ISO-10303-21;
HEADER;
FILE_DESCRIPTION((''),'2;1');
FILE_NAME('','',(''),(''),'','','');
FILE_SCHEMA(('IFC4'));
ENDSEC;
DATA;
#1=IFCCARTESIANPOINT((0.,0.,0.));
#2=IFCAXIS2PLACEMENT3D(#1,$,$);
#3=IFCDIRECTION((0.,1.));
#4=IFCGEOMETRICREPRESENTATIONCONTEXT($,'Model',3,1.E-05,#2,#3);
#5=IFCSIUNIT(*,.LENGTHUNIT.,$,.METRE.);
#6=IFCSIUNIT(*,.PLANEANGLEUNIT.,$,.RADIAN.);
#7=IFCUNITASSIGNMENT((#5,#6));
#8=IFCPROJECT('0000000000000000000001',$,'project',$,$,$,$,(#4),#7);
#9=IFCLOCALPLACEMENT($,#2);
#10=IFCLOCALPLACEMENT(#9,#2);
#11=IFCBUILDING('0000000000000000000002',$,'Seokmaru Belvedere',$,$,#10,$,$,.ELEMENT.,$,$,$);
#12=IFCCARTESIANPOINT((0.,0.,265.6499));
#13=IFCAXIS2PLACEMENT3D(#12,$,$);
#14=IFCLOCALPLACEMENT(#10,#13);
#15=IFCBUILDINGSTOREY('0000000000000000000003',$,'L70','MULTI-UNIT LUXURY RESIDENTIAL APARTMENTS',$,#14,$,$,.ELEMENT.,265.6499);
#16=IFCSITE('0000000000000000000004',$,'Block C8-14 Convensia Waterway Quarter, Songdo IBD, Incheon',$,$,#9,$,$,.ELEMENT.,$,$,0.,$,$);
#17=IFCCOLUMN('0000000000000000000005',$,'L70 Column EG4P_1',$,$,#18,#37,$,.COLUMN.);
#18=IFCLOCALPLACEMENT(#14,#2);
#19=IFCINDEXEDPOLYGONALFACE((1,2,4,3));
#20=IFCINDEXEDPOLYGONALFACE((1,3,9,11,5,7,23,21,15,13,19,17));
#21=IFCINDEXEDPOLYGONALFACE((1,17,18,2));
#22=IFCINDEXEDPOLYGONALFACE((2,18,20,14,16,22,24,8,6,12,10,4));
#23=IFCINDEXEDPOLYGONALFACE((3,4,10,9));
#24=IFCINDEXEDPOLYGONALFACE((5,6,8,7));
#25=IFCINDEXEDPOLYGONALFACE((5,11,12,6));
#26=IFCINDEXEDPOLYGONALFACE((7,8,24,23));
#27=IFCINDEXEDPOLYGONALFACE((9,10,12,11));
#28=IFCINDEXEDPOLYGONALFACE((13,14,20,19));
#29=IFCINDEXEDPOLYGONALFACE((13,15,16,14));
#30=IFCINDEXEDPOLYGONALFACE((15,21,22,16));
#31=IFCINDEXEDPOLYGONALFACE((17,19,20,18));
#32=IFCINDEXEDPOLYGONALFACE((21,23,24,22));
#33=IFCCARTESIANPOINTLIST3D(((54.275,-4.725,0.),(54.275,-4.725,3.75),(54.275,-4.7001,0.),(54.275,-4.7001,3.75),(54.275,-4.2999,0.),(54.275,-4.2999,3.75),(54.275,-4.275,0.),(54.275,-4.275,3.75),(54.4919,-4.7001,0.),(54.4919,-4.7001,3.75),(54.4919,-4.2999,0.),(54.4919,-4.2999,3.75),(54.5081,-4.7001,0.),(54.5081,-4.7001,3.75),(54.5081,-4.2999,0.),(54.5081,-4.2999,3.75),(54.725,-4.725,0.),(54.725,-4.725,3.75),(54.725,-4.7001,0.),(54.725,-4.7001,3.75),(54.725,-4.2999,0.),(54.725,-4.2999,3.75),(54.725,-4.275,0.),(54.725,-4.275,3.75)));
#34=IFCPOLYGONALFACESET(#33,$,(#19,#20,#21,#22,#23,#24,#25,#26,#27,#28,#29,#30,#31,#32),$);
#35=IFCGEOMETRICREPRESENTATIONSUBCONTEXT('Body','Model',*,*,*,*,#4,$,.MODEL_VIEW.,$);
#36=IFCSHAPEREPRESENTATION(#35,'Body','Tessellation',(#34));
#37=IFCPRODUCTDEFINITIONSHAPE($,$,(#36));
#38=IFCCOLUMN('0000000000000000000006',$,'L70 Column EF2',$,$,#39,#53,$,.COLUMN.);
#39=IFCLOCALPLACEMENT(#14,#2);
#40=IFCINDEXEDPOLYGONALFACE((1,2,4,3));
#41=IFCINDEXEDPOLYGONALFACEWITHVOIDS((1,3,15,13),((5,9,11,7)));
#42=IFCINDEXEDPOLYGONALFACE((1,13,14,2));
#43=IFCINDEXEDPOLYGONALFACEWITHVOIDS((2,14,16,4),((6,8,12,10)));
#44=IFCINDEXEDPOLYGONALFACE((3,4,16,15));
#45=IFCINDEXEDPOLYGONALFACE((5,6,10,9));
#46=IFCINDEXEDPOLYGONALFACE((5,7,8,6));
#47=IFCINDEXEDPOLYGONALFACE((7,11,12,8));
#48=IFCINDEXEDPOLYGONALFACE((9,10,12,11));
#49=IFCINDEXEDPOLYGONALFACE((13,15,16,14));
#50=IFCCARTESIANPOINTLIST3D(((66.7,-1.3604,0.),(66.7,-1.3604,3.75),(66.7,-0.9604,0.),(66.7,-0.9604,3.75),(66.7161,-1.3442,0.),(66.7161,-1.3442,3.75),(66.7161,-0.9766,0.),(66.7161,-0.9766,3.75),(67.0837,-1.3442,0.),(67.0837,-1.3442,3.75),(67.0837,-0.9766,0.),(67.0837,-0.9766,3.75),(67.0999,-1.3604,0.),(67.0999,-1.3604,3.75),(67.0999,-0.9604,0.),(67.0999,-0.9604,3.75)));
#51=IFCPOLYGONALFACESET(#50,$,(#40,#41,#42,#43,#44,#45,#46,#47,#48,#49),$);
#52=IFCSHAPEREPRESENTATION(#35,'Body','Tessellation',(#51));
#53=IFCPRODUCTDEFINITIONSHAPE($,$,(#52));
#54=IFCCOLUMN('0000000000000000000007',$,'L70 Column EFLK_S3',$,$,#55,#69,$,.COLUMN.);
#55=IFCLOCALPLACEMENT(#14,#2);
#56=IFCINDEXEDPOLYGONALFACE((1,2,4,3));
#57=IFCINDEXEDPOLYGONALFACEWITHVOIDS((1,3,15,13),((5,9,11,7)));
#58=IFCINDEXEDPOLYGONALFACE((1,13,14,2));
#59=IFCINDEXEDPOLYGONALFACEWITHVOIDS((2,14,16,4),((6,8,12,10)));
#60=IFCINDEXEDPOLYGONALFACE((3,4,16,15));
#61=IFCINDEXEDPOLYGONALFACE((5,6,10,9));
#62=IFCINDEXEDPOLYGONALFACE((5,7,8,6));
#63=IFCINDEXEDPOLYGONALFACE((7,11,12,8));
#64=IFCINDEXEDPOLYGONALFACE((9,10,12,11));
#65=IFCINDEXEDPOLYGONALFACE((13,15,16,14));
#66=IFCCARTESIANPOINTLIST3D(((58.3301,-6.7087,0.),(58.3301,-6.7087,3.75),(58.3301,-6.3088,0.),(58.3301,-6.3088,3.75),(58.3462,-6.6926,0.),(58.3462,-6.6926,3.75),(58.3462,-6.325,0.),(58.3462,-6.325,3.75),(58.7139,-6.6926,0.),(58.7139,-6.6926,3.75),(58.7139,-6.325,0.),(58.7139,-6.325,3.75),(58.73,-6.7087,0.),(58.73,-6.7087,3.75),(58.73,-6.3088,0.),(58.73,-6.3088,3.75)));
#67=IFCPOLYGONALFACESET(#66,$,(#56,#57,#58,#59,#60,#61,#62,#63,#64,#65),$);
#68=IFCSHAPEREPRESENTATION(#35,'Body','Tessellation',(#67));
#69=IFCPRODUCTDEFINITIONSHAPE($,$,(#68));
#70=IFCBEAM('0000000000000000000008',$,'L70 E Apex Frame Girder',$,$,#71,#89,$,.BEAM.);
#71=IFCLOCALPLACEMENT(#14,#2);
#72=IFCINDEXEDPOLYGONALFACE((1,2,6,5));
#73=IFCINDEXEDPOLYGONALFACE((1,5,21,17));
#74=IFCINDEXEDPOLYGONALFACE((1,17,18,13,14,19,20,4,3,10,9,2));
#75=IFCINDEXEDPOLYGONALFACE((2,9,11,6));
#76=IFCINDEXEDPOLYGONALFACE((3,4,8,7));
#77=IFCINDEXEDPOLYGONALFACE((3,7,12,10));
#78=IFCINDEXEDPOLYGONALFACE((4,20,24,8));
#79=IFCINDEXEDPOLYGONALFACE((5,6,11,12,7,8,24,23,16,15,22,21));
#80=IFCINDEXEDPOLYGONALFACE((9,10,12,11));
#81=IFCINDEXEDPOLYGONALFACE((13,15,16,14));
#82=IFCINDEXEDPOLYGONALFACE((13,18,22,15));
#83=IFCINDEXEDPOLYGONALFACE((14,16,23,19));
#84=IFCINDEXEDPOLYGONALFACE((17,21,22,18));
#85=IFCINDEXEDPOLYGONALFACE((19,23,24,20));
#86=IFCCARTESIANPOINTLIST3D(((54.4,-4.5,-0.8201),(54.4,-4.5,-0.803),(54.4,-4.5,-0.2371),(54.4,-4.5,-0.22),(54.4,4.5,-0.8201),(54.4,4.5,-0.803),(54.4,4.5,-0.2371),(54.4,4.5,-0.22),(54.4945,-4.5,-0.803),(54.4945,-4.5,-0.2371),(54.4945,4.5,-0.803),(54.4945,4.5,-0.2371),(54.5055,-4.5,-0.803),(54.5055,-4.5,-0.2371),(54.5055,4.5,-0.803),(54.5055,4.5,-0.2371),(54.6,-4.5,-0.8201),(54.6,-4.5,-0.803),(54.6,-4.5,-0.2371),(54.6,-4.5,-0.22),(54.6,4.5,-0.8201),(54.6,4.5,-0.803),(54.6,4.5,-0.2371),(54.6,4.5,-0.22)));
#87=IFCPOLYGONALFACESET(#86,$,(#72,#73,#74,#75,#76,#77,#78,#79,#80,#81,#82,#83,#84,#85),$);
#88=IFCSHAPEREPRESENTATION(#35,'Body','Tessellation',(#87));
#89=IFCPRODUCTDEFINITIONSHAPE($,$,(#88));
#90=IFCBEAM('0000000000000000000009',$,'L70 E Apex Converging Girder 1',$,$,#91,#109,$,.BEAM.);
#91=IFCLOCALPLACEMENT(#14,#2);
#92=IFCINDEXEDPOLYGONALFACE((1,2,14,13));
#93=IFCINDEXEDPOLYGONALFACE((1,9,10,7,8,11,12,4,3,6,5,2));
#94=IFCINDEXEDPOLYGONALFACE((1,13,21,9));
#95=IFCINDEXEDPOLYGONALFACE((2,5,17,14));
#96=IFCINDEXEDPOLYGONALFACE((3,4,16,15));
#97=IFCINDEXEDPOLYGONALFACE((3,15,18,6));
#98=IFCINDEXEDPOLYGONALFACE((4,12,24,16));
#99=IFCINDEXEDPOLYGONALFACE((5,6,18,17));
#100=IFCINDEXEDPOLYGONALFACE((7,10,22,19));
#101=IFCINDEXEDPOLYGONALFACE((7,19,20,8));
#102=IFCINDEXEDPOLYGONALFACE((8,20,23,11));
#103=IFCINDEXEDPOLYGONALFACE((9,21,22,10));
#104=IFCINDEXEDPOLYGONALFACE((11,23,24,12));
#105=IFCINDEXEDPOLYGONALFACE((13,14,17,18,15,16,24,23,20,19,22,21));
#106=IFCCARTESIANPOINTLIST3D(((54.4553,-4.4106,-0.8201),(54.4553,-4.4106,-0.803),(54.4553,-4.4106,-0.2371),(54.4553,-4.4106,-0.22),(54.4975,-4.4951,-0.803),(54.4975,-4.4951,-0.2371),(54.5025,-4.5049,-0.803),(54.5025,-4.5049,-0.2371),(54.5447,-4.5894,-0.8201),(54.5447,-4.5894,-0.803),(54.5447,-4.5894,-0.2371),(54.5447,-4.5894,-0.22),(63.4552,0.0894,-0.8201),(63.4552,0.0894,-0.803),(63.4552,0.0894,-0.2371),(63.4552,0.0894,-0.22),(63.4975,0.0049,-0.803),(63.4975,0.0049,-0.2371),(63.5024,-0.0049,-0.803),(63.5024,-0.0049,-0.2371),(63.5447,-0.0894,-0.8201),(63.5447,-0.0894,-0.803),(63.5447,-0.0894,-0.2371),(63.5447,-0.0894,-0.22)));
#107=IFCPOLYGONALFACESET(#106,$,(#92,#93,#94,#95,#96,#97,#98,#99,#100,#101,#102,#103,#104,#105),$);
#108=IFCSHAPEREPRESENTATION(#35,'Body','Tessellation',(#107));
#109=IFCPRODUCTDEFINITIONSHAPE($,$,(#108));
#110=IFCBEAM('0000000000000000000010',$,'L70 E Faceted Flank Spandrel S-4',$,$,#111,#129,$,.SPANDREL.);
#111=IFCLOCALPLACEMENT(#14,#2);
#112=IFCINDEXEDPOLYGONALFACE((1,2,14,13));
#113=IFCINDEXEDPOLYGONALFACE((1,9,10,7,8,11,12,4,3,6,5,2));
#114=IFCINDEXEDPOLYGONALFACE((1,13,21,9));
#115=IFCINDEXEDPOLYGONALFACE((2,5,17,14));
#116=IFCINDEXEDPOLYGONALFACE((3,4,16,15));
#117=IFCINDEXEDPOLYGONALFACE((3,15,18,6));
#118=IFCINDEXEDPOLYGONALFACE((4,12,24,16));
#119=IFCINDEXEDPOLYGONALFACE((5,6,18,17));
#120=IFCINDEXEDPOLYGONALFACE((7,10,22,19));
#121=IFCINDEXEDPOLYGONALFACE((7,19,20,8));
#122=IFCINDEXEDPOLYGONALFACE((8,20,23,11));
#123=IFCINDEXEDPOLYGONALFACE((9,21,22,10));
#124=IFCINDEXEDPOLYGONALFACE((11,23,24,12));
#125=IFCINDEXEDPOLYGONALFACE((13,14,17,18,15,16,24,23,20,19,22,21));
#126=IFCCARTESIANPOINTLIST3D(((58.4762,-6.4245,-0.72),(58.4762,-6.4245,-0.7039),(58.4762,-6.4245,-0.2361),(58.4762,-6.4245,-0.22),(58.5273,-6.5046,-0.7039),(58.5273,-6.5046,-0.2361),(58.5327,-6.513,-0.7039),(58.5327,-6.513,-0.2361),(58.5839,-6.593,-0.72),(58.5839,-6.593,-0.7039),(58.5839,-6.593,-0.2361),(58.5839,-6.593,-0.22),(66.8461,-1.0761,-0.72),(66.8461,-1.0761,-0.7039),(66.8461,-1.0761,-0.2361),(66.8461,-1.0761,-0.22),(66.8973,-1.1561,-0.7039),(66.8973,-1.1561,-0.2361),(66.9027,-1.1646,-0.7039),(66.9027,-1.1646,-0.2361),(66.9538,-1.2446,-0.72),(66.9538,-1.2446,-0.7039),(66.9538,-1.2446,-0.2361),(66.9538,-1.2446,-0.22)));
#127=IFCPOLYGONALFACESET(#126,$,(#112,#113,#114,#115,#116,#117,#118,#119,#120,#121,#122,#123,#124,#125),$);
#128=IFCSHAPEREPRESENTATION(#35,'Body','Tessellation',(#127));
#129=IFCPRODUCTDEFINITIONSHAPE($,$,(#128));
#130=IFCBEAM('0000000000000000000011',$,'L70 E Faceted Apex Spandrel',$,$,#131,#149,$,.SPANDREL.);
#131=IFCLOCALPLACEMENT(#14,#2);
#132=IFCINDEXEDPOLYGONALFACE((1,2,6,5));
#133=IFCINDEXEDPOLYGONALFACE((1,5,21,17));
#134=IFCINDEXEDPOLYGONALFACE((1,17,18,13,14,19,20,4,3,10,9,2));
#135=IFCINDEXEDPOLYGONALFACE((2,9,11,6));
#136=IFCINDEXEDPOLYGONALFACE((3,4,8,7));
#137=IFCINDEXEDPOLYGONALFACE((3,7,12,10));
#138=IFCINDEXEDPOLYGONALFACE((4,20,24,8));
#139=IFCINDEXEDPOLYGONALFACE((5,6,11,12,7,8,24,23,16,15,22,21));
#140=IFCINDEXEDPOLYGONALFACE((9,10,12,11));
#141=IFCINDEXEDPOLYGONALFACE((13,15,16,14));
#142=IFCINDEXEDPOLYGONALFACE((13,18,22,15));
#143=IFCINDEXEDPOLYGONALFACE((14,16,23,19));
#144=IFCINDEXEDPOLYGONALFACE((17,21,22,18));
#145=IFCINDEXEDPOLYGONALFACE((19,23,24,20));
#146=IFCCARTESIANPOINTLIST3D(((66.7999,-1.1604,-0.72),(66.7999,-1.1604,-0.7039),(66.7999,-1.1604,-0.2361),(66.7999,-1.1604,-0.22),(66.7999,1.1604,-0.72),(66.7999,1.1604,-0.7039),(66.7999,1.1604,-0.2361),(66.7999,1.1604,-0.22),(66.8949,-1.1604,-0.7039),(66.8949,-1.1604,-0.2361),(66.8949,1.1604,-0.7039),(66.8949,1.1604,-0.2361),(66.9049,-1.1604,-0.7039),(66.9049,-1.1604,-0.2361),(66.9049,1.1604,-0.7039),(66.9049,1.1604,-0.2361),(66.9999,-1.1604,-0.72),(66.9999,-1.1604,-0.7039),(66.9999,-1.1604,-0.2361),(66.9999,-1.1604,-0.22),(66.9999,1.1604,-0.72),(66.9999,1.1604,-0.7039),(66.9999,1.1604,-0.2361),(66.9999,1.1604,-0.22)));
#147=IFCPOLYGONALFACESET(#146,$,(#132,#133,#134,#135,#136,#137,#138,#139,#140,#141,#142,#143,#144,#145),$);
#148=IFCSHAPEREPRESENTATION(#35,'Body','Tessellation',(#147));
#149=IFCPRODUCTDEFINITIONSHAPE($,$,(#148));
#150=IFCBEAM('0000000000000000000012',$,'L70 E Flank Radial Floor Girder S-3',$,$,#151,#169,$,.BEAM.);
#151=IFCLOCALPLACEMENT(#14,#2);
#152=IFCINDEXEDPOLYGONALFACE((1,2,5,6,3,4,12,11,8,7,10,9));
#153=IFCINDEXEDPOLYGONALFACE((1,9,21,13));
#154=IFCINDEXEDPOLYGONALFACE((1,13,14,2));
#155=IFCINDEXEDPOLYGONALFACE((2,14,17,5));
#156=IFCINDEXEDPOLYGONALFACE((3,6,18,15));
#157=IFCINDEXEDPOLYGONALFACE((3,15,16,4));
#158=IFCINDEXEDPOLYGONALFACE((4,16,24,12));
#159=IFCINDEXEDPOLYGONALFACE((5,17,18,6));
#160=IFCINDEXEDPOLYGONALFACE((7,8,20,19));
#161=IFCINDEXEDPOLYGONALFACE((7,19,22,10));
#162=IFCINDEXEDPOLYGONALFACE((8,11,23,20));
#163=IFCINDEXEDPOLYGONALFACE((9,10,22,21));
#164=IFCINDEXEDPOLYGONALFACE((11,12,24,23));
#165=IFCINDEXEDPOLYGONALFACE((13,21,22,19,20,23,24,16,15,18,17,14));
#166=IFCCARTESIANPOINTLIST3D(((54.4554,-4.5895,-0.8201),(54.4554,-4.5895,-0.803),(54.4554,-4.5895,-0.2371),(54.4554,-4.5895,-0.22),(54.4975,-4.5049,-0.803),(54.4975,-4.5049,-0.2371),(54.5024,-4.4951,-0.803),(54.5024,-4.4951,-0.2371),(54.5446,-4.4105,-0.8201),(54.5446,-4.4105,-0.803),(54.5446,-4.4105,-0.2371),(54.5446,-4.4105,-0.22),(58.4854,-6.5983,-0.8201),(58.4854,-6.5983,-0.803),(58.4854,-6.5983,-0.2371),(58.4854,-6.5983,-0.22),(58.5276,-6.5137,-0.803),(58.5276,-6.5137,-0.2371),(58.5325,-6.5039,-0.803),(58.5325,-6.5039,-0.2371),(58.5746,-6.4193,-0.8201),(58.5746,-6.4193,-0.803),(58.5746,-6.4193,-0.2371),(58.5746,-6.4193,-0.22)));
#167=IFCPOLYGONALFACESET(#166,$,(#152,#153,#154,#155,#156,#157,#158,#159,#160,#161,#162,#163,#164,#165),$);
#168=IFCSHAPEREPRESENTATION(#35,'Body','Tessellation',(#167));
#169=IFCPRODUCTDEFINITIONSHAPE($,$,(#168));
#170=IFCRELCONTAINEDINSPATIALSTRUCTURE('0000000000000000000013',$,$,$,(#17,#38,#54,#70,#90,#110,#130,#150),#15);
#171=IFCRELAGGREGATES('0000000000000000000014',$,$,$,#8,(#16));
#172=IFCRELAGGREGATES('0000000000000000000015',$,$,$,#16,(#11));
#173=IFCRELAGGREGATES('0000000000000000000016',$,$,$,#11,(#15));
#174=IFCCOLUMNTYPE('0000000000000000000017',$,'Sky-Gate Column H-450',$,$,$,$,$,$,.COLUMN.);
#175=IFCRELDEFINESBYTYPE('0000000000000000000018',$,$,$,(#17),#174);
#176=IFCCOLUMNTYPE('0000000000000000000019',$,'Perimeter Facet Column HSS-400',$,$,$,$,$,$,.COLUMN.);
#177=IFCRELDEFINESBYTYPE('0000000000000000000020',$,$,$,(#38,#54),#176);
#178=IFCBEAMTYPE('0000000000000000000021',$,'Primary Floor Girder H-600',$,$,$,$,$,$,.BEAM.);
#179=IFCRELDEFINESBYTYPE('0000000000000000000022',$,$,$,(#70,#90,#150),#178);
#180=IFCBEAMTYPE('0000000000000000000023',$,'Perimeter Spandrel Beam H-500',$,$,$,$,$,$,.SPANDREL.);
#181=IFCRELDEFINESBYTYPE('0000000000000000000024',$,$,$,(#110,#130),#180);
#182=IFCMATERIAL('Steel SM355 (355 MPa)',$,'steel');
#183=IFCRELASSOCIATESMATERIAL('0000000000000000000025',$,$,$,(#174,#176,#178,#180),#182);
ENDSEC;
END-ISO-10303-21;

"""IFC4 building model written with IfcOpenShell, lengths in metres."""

from ifc_helpers import new_model, si_unit, direction, frame, origin, origin_2d, place, context, subcontext, project, spatial, hollow_rectangle, i_section, extrude, source, transform, mapped, material, material_profile, profile_set, type_object, type_shapes, element, save


model = new_model("IFC4")

# Units and contexts
model_context = context("Model", 3, precision=1e-05, world=origin(), true_north=direction((0.0, 1.0)))
body_context = subcontext(model_context, "Body", "Model", "MODEL_VIEW")
ifc_project = project(units=[si_unit("LENGTHUNIT", "METRE"), si_unit("PLANEANGLEUNIT", "RADIAN")], contexts=[model_context])

# Site, building, storey
site_placement = place(None, origin())
site = spatial("IfcSite", under=ifc_project, at=site_placement, Name="Block C8-14 Convensia Waterway Quarter, Songdo IBD, Incheon", CompositionType="ELEMENT", RefElevation=0.0)
building_placement = place(site_placement, origin())
building = spatial("IfcBuilding", under=site, at=building_placement, Name="Seokmaru Belvedere", CompositionType="ELEMENT")
storey_placement = place(building_placement, frame((0.0, 0.0, 265.6499)))
storey = spatial("IfcBuildingStorey", under=building, at=storey_placement, Name="L70", Description="MULTI-UNIT LUXURY RESIDENTIAL APARTMENTS", CompositionType="ELEMENT", Elevation=265.6499)

# Columns
ifc_material_1 = material(Name="Steel SM355 (355 MPa)", Category="steel")
ifc_material_profile_1 = material_profile(ifc_material_1, i_section(OverallWidth=0.45, OverallDepth=0.45, WebThickness=0.0161, FlangeThickness=0.0249, at=origin_2d()), Name="H-450x450x16x25")
ifc_profile_set_1 = profile_set([ifc_material_profile_1], Name="Steel SM355 (355 MPa)")
column_type_1 = type_object("IfcColumnType", Name="Sky-Gate Column H-450", PredefinedType="COLUMN", material=ifc_profile_set_1)
shared_shape_1 = source(origin(), body_context, "Body", "SweptSolid", [
    extrude(i_section(OverallWidth=0.45, OverallDepth=0.45, WebThickness=0.0161, FlangeThickness=0.0249, at=origin_2d()), origin(), (0.0, 0.0, 1.0), 3.75),
])
type_shapes(column_type_1, [shared_shape_1])
column_placement = place(storey_placement, frame((54.5, -4.5, 0.0), z_axis=(0.0, 0.0, 1.0), x_axis=(1.0, 0.0, 0.0)))
element("IfcColumn", 1, at=column_placement, inside=storey, type_object=column_type_1, Name="L70 Column EG4P_1", PredefinedType="COLUMN", context=body_context, shape_type="MappedRepresentation", body=[
    mapped(shared_shape_1, transform((0.0, 0.0, 0.0), scale=1.0)),
])
ifc_material_profile_2 = material_profile(ifc_material_1, hollow_rectangle(XDim=0.3999, YDim=0.3999, WallThickness=0.0161, at=origin_2d()), Name="HSS-400x400x16")
ifc_profile_set_2 = profile_set([ifc_material_profile_2], Name="Steel SM355 (355 MPa)")
column_type_2 = type_object("IfcColumnType", Name="Perimeter Facet Column HSS-400", PredefinedType="COLUMN", material=ifc_profile_set_2)
shared_shape_2 = source(origin(), body_context, "Body", "SweptSolid", [
    extrude(hollow_rectangle(XDim=0.3999, YDim=0.3999, WallThickness=0.0161, at=origin_2d()), origin(), (0.0, 0.0, 1.0), 3.75),
])
type_shapes(column_type_2, [shared_shape_2])
for number, where, z_axis, x_axis, name in (
    (2, (66.8999, -1.1604, 0.0), (0.0, 0.0, 1.0), (1.0, 0.0, 0.0), "L70 Column EF2"),
    (3, (58.53, -6.5088, 0.0), (0.0, 0.0, 1.0), (1.0, 0.0, 0.0), "L70 Column EFLK_S3"),
):
    element("IfcColumn", number, at=place(storey_placement, frame(where, z_axis=z_axis, x_axis=x_axis)), inside=storey, type_object=column_type_2, Name=name, PredefinedType="COLUMN", context=body_context, shape_type="MappedRepresentation", body=[
        mapped(shared_shape_2, transform((0.0, 0.0, 0.0), scale=1.0)),
    ])

# Beams
ifc_material_profile_3 = material_profile(ifc_material_1, i_section(OverallWidth=0.2, OverallDepth=0.6001, WebThickness=0.011, FlangeThickness=0.0171, at=origin_2d()), Name="H-600x200x11x17")
ifc_profile_set_3 = profile_set([ifc_material_profile_3], Name="Steel SM355 (355 MPa)")
beam_type_1 = type_object("IfcBeamType", Name="Primary Floor Girder H-600", PredefinedType="BEAM", material=ifc_profile_set_3)
shared_shape_3 = source(origin(), body_context, "Body", "SweptSolid", [
    extrude(i_section(OverallWidth=0.2, OverallDepth=0.6001, WebThickness=0.011, FlangeThickness=0.0171, at=origin_2d()), origin(), (0.0, 0.0, 1.0), 9.0),
])
beam_1_placement = place(storey_placement, frame((54.5, -4.5, -0.52), z_axis=(0.0, 1.0, 0.0), x_axis=(-1.0, 0.0, 0.0)))
element("IfcBeam", 4, at=beam_1_placement, inside=storey, type_object=beam_type_1, Name="L70 E Apex Frame Girder", PredefinedType="BEAM", context=body_context, shape_type="MappedRepresentation", body=[
    mapped(shared_shape_3, transform((0.0, 0.0, 0.0), scale=1.0)),
])
shared_shape_4 = source(origin(), body_context, "Body", "SweptSolid", [
    extrude(i_section(OverallWidth=0.2, OverallDepth=0.6001, WebThickness=0.011, FlangeThickness=0.0171, at=origin_2d()), origin(), (0.0, 0.0, 1.0), 10.0623),
])
beam_2_placement = place(storey_placement, frame((54.5, -4.5, -0.52), z_axis=(0.894427, 0.447214, 0.0), x_axis=(-0.447214, 0.894427, 0.0)))
element("IfcBeam", 5, at=beam_2_placement, inside=storey, type_object=beam_type_1, Name="L70 E Apex Converging Girder 1", PredefinedType="BEAM", context=body_context, shape_type="MappedRepresentation", body=[
    mapped(shared_shape_4, transform((0.0, 0.0, 0.0), scale=1.0)),
])
ifc_material_profile_4 = material_profile(ifc_material_1, i_section(OverallWidth=0.2, OverallDepth=0.5, WebThickness=0.01, FlangeThickness=0.0161, at=origin_2d()), Name="H-500x200x10x16")
ifc_profile_set_4 = profile_set([ifc_material_profile_4], Name="Steel SM355 (355 MPa)")
beam_type_2 = type_object("IfcBeamType", Name="Perimeter Spandrel Beam H-500", PredefinedType="SPANDREL", material=ifc_profile_set_4)
shared_shape_5 = source(origin(), body_context, "Body", "SweptSolid", [
    extrude(i_section(OverallWidth=0.2, OverallDepth=0.5, WebThickness=0.01, FlangeThickness=0.0161, at=origin_2d()), origin(), (0.0, 0.0, 1.0), 9.9329),
])
beam_3_placement = place(storey_placement, frame((58.53, -6.5088, -0.47), z_axis=(0.842652, 0.538459, 0.0), x_axis=(-0.538459, 0.842652, 0.0)))
element("IfcBeam", 6, at=beam_3_placement, inside=storey, type_object=beam_type_2, Name="L70 E Faceted Flank Spandrel S-4", PredefinedType="SPANDREL", context=body_context, shape_type="MappedRepresentation", body=[
    mapped(shared_shape_5, transform((0.0, 0.0, 0.0), scale=1.0)),
])
shared_shape_6 = source(origin(), body_context, "Body", "SweptSolid", [
    extrude(i_section(OverallWidth=0.2, OverallDepth=0.5, WebThickness=0.01, FlangeThickness=0.0161, at=origin_2d()), origin(), (0.0, 0.0, 1.0), 2.3208),
])
type_shapes(beam_type_2, [shared_shape_5, shared_shape_6])
beam_4_placement = place(storey_placement, frame((66.8999, -1.1604, -0.47), z_axis=(0.0, 1.0, 0.0), x_axis=(-1.0, 0.0, 0.0)))
element("IfcBeam", 7, at=beam_4_placement, inside=storey, type_object=beam_type_2, Name="L70 E Faceted Apex Spandrel", PredefinedType="SPANDREL", context=body_context, shape_type="MappedRepresentation", body=[
    mapped(shared_shape_6, transform((0.0, 0.0, 0.0), scale=1.0)),
])
shared_shape_7 = source(origin(), body_context, "Body", "SweptSolid", [
    extrude(i_section(OverallWidth=0.2, OverallDepth=0.6001, WebThickness=0.011, FlangeThickness=0.0171, at=origin_2d()), origin(), (0.0, 0.0, 1.0), 4.5029),
])
beam_5_placement = place(storey_placement, frame((58.53, -6.5088, -0.52), z_axis=(-0.89498, 0.446107, 0.0), x_axis=(-0.446107, -0.89498, 0.0)))
element("IfcBeam", 8, at=beam_5_placement, inside=storey, type_object=beam_type_1, Name="L70 E Flank Radial Floor Girder S-3", PredefinedType="BEAM", context=body_context, shape_type="MappedRepresentation", body=[
    mapped(shared_shape_7, transform((0.0, 0.0, 0.0), scale=1.0)),
])

save(model, "model.ifc")
